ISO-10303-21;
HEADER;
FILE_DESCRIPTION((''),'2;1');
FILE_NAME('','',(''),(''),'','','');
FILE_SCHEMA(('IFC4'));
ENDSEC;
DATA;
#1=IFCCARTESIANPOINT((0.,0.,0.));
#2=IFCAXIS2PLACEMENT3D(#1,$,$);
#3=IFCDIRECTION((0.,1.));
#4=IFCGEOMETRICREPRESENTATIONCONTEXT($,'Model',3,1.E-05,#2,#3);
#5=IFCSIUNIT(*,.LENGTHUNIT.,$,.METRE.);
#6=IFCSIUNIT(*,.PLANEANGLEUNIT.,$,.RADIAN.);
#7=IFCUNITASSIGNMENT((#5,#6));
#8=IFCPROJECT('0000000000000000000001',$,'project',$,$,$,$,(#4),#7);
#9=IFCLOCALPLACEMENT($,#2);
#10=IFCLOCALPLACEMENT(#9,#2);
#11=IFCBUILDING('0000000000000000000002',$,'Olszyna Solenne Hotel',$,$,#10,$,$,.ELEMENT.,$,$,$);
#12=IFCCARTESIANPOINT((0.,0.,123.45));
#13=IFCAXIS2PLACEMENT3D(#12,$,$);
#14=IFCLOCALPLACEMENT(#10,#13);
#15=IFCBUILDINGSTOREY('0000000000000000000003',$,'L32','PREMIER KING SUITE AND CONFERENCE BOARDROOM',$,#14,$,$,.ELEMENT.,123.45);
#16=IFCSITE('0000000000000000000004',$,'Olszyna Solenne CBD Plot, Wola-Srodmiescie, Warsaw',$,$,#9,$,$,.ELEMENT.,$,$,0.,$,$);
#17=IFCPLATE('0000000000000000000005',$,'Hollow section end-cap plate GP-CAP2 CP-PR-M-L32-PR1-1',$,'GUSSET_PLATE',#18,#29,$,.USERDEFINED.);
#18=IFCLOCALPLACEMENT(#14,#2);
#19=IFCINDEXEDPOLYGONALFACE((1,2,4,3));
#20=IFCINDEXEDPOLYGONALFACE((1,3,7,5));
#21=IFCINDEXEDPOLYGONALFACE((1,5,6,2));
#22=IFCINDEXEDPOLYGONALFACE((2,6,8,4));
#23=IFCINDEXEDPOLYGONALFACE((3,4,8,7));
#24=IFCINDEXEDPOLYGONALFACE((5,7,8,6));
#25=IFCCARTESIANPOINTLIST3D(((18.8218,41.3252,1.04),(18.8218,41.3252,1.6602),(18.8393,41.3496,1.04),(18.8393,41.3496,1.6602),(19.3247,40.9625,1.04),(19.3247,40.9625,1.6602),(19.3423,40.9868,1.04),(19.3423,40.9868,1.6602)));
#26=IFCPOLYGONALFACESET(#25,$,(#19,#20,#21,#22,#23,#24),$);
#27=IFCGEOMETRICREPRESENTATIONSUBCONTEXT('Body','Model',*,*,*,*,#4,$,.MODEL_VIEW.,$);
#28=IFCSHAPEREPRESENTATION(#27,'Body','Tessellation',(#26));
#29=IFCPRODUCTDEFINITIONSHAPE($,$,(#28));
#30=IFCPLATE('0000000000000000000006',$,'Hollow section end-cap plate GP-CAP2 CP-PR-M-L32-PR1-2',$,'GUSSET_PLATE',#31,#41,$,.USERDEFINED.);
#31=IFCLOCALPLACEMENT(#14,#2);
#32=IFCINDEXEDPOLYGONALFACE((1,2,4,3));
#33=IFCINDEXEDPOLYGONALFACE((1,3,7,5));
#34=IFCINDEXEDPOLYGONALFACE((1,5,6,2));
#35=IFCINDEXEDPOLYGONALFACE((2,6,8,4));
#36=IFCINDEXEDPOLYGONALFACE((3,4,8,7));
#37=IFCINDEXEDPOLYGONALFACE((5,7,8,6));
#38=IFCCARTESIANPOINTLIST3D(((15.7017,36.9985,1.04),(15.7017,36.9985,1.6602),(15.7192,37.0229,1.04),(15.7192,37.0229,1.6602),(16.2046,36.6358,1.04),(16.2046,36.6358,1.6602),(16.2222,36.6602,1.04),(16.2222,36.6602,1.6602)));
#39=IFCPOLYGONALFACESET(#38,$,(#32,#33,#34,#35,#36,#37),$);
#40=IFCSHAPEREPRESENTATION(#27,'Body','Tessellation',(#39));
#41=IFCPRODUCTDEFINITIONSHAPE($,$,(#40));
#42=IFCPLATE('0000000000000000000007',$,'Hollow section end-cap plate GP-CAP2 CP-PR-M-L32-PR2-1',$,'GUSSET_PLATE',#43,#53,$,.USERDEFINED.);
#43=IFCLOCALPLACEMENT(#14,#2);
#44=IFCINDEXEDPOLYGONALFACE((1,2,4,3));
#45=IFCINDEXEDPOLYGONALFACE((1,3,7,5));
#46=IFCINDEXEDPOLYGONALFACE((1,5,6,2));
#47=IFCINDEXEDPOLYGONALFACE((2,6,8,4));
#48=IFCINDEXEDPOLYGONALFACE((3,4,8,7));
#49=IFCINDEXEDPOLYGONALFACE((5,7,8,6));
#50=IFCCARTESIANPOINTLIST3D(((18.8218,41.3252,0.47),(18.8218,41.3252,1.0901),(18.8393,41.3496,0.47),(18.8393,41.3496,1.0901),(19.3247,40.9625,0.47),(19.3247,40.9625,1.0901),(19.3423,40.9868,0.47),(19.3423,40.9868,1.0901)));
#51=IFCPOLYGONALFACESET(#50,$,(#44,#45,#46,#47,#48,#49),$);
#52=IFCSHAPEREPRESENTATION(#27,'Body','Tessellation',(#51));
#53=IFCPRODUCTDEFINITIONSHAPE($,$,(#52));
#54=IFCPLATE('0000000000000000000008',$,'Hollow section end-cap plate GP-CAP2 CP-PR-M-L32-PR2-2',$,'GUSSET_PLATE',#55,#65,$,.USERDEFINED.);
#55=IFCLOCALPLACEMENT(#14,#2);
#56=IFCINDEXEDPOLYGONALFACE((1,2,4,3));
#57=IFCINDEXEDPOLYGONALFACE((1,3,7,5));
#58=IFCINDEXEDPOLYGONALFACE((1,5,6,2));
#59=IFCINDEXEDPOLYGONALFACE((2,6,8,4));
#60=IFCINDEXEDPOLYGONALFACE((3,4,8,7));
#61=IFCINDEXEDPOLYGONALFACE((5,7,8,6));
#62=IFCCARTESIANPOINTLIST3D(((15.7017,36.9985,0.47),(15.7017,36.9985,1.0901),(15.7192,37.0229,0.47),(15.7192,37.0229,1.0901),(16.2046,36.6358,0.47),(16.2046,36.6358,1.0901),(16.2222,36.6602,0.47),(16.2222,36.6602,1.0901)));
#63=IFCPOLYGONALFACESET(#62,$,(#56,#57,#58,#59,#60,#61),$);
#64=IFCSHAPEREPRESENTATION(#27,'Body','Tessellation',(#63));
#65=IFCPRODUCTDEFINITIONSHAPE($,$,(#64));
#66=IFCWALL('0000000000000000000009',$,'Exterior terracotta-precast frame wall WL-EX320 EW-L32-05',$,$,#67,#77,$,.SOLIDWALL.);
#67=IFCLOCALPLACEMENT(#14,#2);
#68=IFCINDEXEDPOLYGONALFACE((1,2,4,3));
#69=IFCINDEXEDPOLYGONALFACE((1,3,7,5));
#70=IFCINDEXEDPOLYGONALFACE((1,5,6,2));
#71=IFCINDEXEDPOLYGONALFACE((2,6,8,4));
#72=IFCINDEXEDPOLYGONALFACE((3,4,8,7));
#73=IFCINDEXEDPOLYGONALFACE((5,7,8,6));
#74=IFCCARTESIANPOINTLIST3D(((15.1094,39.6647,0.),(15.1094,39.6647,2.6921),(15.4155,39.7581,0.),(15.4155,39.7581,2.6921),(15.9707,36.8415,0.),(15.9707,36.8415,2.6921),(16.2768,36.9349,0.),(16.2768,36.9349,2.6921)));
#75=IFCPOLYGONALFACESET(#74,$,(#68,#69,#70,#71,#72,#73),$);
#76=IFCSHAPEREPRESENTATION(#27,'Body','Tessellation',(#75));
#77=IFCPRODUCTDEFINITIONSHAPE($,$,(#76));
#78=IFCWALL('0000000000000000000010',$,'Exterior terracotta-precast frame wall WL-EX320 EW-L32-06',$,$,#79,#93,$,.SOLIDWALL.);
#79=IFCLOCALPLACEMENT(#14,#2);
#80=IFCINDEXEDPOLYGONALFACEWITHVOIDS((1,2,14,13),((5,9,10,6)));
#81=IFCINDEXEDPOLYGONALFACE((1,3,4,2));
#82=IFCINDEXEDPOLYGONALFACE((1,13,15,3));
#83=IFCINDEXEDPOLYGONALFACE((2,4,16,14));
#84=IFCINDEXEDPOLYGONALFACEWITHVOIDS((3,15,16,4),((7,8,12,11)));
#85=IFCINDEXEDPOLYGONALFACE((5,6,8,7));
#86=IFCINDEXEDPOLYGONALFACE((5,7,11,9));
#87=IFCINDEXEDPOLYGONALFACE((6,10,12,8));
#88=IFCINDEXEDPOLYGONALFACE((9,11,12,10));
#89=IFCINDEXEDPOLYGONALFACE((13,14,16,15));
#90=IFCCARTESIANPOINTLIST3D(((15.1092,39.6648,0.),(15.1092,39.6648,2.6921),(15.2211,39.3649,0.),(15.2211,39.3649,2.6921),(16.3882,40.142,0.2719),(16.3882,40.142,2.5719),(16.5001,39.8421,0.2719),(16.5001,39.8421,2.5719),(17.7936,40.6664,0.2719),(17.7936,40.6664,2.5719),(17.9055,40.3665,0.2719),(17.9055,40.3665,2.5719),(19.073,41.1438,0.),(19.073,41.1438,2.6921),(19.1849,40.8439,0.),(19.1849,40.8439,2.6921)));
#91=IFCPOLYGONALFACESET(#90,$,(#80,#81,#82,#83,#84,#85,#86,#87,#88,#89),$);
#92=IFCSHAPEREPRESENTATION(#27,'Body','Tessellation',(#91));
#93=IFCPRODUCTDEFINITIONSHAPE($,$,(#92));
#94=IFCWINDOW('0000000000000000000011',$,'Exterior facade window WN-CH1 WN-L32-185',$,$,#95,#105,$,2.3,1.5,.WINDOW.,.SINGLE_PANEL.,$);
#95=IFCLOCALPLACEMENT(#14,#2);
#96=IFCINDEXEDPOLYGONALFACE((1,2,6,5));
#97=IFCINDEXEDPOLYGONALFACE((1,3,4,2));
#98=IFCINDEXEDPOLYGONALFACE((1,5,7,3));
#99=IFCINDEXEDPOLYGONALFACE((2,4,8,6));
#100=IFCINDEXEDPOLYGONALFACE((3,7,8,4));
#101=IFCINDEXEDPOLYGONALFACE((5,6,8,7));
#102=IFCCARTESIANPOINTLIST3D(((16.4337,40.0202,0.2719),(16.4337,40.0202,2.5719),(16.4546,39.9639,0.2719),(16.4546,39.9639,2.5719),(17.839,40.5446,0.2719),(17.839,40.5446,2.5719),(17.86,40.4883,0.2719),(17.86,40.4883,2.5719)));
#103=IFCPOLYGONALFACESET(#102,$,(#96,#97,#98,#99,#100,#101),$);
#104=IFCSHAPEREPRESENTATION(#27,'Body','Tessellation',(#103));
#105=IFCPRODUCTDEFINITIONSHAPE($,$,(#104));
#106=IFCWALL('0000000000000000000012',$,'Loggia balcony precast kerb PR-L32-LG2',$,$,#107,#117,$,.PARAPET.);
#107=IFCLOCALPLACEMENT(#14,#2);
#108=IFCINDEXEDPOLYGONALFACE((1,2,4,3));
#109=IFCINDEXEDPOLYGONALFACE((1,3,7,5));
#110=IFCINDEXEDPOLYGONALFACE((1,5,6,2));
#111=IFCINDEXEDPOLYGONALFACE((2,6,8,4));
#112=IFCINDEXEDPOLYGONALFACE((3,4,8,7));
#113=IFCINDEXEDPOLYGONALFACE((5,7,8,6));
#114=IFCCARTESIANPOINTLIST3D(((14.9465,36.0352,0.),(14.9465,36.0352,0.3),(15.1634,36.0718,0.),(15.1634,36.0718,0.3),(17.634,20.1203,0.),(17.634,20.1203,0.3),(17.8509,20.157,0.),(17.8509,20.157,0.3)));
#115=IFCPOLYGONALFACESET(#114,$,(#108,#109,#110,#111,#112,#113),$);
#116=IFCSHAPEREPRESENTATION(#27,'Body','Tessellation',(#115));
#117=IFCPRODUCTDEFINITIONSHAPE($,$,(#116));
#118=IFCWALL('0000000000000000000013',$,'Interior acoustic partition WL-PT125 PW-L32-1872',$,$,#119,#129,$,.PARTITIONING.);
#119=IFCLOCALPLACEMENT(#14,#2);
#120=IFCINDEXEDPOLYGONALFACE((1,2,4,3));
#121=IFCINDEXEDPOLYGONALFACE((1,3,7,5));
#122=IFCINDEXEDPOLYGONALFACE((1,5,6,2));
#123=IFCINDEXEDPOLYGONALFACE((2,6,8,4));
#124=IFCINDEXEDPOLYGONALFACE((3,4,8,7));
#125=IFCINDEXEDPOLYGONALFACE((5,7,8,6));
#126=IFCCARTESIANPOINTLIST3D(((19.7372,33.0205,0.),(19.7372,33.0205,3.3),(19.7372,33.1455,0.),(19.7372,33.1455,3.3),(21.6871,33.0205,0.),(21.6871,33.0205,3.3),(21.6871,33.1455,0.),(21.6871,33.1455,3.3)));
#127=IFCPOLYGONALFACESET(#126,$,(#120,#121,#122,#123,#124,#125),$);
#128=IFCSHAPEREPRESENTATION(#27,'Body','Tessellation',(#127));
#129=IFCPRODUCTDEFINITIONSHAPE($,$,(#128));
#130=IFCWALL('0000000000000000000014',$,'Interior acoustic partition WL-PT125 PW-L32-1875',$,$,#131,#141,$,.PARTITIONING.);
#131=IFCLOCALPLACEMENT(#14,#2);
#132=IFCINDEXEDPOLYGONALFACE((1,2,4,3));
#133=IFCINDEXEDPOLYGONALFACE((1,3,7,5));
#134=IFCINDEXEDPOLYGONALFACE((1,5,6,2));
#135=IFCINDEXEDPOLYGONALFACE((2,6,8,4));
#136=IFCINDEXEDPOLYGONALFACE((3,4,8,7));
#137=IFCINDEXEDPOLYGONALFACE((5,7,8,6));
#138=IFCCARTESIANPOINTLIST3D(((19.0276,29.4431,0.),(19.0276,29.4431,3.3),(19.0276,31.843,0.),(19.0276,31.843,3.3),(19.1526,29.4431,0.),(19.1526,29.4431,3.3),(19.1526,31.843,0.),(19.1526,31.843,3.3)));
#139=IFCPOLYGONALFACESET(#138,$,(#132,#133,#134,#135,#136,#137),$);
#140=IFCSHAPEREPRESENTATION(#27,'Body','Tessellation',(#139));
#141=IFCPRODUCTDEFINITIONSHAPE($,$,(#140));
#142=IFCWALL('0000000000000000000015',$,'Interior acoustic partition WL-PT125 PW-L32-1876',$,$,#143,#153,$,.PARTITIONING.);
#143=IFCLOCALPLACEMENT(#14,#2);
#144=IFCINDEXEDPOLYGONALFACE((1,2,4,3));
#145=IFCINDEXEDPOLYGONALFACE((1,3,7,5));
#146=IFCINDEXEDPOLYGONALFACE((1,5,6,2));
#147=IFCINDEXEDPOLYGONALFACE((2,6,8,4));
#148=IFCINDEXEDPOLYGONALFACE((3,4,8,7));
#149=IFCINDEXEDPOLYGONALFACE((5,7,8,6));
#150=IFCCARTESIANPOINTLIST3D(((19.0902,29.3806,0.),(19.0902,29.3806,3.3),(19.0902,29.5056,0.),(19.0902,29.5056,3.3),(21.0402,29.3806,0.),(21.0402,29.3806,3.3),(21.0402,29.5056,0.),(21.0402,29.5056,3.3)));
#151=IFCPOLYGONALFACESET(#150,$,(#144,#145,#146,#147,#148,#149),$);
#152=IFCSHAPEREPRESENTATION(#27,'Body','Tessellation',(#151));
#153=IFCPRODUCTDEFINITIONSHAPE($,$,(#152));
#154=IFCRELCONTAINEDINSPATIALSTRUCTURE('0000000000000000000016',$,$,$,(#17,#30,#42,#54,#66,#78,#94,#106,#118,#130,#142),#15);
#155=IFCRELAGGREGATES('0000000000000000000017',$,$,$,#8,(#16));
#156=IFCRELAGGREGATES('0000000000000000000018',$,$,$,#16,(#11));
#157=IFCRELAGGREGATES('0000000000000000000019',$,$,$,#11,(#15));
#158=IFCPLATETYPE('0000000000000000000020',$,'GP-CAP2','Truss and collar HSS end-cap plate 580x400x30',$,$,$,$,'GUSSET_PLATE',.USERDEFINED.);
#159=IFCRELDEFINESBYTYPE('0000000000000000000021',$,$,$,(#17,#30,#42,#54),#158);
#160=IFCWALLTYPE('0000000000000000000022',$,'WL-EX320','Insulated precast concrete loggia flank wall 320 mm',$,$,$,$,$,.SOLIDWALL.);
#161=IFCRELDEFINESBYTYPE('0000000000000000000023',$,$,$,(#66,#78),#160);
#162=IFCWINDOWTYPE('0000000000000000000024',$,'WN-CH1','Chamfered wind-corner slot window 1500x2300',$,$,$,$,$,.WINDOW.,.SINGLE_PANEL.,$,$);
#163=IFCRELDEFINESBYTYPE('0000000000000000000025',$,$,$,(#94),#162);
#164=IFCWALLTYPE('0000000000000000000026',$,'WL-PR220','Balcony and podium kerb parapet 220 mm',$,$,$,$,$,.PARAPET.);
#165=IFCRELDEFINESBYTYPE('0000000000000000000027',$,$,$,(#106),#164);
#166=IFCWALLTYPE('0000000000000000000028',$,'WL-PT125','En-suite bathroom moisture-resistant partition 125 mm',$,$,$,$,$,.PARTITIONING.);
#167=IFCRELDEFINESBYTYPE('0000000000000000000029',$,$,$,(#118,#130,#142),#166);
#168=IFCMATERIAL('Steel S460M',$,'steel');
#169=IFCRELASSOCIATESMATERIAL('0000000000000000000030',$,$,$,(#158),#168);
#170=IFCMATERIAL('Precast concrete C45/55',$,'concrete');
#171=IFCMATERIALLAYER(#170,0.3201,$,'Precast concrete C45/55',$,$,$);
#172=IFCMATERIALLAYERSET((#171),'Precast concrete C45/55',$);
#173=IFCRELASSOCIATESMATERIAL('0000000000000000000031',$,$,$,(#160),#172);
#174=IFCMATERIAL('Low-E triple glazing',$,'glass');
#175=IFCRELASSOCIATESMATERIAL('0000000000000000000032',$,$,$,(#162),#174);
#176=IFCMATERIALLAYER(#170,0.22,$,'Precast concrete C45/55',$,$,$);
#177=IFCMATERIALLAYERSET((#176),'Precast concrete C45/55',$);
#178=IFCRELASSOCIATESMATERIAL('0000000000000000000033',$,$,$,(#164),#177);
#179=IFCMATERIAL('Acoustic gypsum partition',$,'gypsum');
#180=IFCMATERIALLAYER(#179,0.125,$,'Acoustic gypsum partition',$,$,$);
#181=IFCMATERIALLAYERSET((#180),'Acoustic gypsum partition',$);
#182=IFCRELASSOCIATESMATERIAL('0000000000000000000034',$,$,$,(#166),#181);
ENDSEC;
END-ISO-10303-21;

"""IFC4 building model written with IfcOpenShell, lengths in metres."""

from ifc_helpers import new_model, si_unit, direction, frame, frame_2d, origin, origin_2d, place, context, subcontext, project, spatial, rectangle, extrude, source, transform, mapped, material, layer, layer_set, type_object, type_shapes, element, fill, save


model = new_model("IFC4")

# Units and contexts
model_context = context("Model", 3, precision=1e-05, world=origin(), true_north=direction((0.0, 1.0)))
body_context = subcontext(model_context, "Body", "Model", "MODEL_VIEW")
ifc_project = project(units=[si_unit("LENGTHUNIT", "METRE"), si_unit("PLANEANGLEUNIT", "RADIAN")], contexts=[model_context])

# Site, building, storey
site_placement = place(None, origin())
site = spatial("IfcSite", under=ifc_project, at=site_placement, Name="Olszyna Solenne CBD Plot, Wola-Srodmiescie, Warsaw", CompositionType="ELEMENT", RefElevation=0.0)
building_placement = place(site_placement, origin())
building = spatial("IfcBuilding", under=site, at=building_placement, Name="Olszyna Solenne Hotel", CompositionType="ELEMENT")
storey_placement = place(building_placement, frame((0.0, 0.0, 123.45)))
storey = spatial("IfcBuildingStorey", under=building, at=storey_placement, Name="L32", Description="PREMIER KING SUITE AND CONFERENCE BOARDROOM", CompositionType="ELEMENT", Elevation=123.45)

# Shared definitions
ifc_material_1 = material(Name="Steel S460M", Category="steel")

# Plates
plate_type = type_object("IfcPlateType", Name="GP-CAP2", Description="Truss and collar HSS end-cap plate 580x400x30", ElementType="GUSSET_PLATE", PredefinedType="USERDEFINED", material=ifc_material_1)
shared_shape_1 = source(origin(), body_context, "Body", "SweptSolid", [
    extrude(rectangle(XDim=0.03, YDim=0.6201, at=origin_2d()), origin(), (0.0, 0.0, 1.0), 0.6201),
])
for number, where, z_axis, x_axis, name in (
    (1, (19.082, 41.156, 1.04), (0.0, 0.0, 1.0), (-0.584958, -0.811064, 0.0), "Hollow section end-cap plate GP-CAP2 CP-PR-M-L32-PR1-1"),
    (2, (15.9619, 36.8293, 1.04), (0.0, 0.0, 1.0), (-0.584958, -0.811064, 0.0), "Hollow section end-cap plate GP-CAP2 CP-PR-M-L32-PR1-2"),
    (3, (19.082, 41.156, 0.47), (0.0, 0.0, 1.0), (-0.584958, -0.811064, 0.0), "Hollow section end-cap plate GP-CAP2 CP-PR-M-L32-PR2-1"),
    (4, (15.9619, 36.8293, 0.47), (0.0, 0.0, 1.0), (-0.584958, -0.811064, 0.0), "Hollow section end-cap plate GP-CAP2 CP-PR-M-L32-PR2-2"),
):
    element("IfcPlate", number, at=place(storey_placement, frame(where, z_axis=z_axis, x_axis=x_axis)), inside=storey, type_object=plate_type, Name=name, ObjectType="GUSSET_PLATE", PredefinedType="USERDEFINED", context=body_context, shape_type="MappedRepresentation", body=[
        mapped(shared_shape_1, transform((0.0, 0.0, 0.0), x_axis=(1.0, 0.0, 0.0), y_axis=(0.0, 1.0, 0.0), z_axis=(0.0, 0.0, 1.0), scale=1.0)),
    ])

# Wall
ifc_material_2 = material(Name="Precast concrete C45/55", Category="concrete")
ifc_layer_1 = layer(ifc_material_2, 0.3201, Name="Precast concrete C45/55")
ifc_layer_set_1 = layer_set([ifc_layer_1], Name="Precast concrete C45/55")
wall_type_1 = type_object("IfcWallType", Name="WL-EX320", Description="Insulated precast concrete loggia flank wall 320 mm", PredefinedType="SOLIDWALL", material=ifc_layer_set_1)
wall_1_placement = place(storey_placement, frame((16.1238, 36.8882, 0.0), z_axis=(0.0, 0.0, 1.0), x_axis=(-0.291807, 0.956477, 0.0)))
element("IfcWall", 5, at=wall_1_placement, inside=storey, type_object=wall_type_1, Name="Exterior terracotta-precast frame wall WL-EX320 EW-L32-05", PredefinedType="SOLIDWALL", context=body_context, shape_type="SweptSolid", body=[
    extrude(rectangle(XDim=2.9517, YDim=0.3201, at=frame_2d((1.4758, 0.0))), origin(), (0.0, 0.0, 1.0), 2.6921),
])

# Wall, opening, window
wall_2_placement = place(storey_placement, frame((15.1653, 39.5149, 0.0), z_axis=(0.0, 0.0, 1.0), x_axis=(0.936907, 0.34958, 0.0)))
wall_2 = element("IfcWall", 6, at=wall_2_placement, inside=storey, type_object=wall_type_1, Name="Exterior terracotta-precast frame wall WL-EX320 EW-L32-06", PredefinedType="SOLIDWALL", context=body_context, shape_type="SweptSolid", body=[
    extrude(rectangle(XDim=4.2307, YDim=0.3201, at=frame_2d((2.1152, 0.0))), origin(), (0.0, 0.0, 1.0), 2.6921),
])
opening_placement = place(wall_2_placement, frame((1.365, 0.0, 0.272)))
opening = element("IfcOpeningElement", 7, at=opening_placement, cuts=wall_2, PredefinedType="OPENING", context=body_context, shape_type="SweptSolid", body=[
    extrude(rectangle(XDim=1.5, YDim=2.3, at=frame_2d((0.75, 1.1499))), frame((0.0, 0.1699, 0.0), z_axis=(0.0, -1.0, 0.0), x_axis=(1.0, 0.0, 0.0)), (0.0, 0.0, 1.0), 0.3401),
])
ifc_material_3 = material(Name="Low-E triple glazing", Category="glass")
window_type = type_object("IfcWindowType", Name="WN-CH1", Description="Chamfered wind-corner slot window 1500x2300", PartitioningType="SINGLE_PANEL", PredefinedType="WINDOW", material=ifc_material_3)
shared_shape_2 = source(origin(), body_context, "Body", "SweptSolid", [
    extrude(rectangle(XDim=1.5, YDim=2.3, at=frame_2d((0.75, 1.1499))), frame((0.0, 0.03, 0.0), z_axis=(0.0, -1.0, 0.0), x_axis=(1.0, 0.0, 0.0)), (0.0, 0.0, 1.0), 0.0601),
])
type_shapes(window_type, [shared_shape_2])
window_placement = place(opening_placement, origin())
window = element("IfcWindow", 8, at=window_placement, inside=storey, type_object=window_type, Name="Exterior facade window WN-CH1 WN-L32-185", OverallHeight=2.3, OverallWidth=1.5, PartitioningType="SINGLE_PANEL", PredefinedType="WINDOW", context=body_context, shape_type="MappedRepresentation", body=[
    mapped(shared_shape_2, transform((0.0, 0.0, 0.0), x_axis=(1.0, 0.0, 0.0), y_axis=(0.0, 1.0, 0.0), z_axis=(0.0, 0.0, 1.0), scale=1.0)),
])
fill(opening, window)

# Walls
ifc_layer_2 = layer(ifc_material_2, 0.22, Name="Precast concrete C45/55")
ifc_layer_set_2 = layer_set([ifc_layer_2], Name="Precast concrete C45/55")
wall_type_2 = type_object("IfcWallType", Name="WL-PR220", Description="Balcony and podium kerb parapet 220 mm", PredefinedType="PARAPET", material=ifc_layer_set_2)
wall_3_placement = place(storey_placement, frame((15.0549, 36.0535, 0.0), z_axis=(0.0, 0.0, 1.0), x_axis=(0.166511, -0.98604, 0.0)))
element("IfcWall", 9, at=wall_3_placement, inside=storey, type_object=wall_type_2, Name="Loggia balcony precast kerb PR-L32-LG2", PredefinedType="PARAPET", context=body_context, shape_type="SweptSolid", body=[
    extrude(rectangle(XDim=16.1401, YDim=0.22, at=frame_2d((8.0701, 0.0))), origin(), (0.0, 0.0, 1.0), 0.3),
])
ifc_material_4 = material(Name="Acoustic gypsum partition", Category="gypsum")
ifc_layer_3 = layer(ifc_material_4, 0.125, Name="Acoustic gypsum partition")
ifc_layer_set_3 = layer_set([ifc_layer_3], Name="Acoustic gypsum partition")
wall_type_3 = type_object("IfcWallType", Name="WL-PT125", Description="En-suite bathroom moisture-resistant partition 125 mm", PredefinedType="PARTITIONING", material=ifc_layer_set_3)
wall_4_placement = place(storey_placement, frame((19.7371, 33.083, 0.0), z_axis=(0.0, 0.0, 1.0), x_axis=(1.0, 0.0, 0.0)))
element("IfcWall", 10, at=wall_4_placement, inside=storey, type_object=wall_type_3, Name="Interior acoustic partition WL-PT125 PW-L32-1872", PredefinedType="PARTITIONING", context=body_context, shape_type="SweptSolid", body=[
    extrude(rectangle(XDim=1.95, YDim=0.125, at=frame_2d((0.9751, 0.0))), origin(), (0.0, 0.0, 1.0), 3.3),
])
wall_5_placement = place(storey_placement, frame((19.0901, 31.843, 0.0), z_axis=(0.0, 0.0, 1.0), x_axis=(0.0, -1.0, 0.0)))
element("IfcWall", 11, at=wall_5_placement, inside=storey, type_object=wall_type_3, Name="Interior acoustic partition WL-PT125 PW-L32-1875", PredefinedType="PARTITIONING", context=body_context, shape_type="SweptSolid", body=[
    extrude(rectangle(XDim=2.3999, YDim=0.125, at=frame_2d((1.2, 0.0))), origin(), (0.0, 0.0, 1.0), 3.3),
])
wall_6_placement = place(storey_placement, frame((19.0901, 29.4431, 0.0), z_axis=(0.0, 0.0, 1.0), x_axis=(1.0, 0.0, 0.0)))
element("IfcWall", 12, at=wall_6_placement, inside=storey, type_object=wall_type_3, Name="Interior acoustic partition WL-PT125 PW-L32-1876", PredefinedType="PARTITIONING", context=body_context, shape_type="SweptSolid", body=[
    extrude(rectangle(XDim=1.95, YDim=0.125, at=frame_2d((0.9751, 0.0))), origin(), (0.0, 0.0, 1.0), 3.3),
])

save(model, "model.ifc")
